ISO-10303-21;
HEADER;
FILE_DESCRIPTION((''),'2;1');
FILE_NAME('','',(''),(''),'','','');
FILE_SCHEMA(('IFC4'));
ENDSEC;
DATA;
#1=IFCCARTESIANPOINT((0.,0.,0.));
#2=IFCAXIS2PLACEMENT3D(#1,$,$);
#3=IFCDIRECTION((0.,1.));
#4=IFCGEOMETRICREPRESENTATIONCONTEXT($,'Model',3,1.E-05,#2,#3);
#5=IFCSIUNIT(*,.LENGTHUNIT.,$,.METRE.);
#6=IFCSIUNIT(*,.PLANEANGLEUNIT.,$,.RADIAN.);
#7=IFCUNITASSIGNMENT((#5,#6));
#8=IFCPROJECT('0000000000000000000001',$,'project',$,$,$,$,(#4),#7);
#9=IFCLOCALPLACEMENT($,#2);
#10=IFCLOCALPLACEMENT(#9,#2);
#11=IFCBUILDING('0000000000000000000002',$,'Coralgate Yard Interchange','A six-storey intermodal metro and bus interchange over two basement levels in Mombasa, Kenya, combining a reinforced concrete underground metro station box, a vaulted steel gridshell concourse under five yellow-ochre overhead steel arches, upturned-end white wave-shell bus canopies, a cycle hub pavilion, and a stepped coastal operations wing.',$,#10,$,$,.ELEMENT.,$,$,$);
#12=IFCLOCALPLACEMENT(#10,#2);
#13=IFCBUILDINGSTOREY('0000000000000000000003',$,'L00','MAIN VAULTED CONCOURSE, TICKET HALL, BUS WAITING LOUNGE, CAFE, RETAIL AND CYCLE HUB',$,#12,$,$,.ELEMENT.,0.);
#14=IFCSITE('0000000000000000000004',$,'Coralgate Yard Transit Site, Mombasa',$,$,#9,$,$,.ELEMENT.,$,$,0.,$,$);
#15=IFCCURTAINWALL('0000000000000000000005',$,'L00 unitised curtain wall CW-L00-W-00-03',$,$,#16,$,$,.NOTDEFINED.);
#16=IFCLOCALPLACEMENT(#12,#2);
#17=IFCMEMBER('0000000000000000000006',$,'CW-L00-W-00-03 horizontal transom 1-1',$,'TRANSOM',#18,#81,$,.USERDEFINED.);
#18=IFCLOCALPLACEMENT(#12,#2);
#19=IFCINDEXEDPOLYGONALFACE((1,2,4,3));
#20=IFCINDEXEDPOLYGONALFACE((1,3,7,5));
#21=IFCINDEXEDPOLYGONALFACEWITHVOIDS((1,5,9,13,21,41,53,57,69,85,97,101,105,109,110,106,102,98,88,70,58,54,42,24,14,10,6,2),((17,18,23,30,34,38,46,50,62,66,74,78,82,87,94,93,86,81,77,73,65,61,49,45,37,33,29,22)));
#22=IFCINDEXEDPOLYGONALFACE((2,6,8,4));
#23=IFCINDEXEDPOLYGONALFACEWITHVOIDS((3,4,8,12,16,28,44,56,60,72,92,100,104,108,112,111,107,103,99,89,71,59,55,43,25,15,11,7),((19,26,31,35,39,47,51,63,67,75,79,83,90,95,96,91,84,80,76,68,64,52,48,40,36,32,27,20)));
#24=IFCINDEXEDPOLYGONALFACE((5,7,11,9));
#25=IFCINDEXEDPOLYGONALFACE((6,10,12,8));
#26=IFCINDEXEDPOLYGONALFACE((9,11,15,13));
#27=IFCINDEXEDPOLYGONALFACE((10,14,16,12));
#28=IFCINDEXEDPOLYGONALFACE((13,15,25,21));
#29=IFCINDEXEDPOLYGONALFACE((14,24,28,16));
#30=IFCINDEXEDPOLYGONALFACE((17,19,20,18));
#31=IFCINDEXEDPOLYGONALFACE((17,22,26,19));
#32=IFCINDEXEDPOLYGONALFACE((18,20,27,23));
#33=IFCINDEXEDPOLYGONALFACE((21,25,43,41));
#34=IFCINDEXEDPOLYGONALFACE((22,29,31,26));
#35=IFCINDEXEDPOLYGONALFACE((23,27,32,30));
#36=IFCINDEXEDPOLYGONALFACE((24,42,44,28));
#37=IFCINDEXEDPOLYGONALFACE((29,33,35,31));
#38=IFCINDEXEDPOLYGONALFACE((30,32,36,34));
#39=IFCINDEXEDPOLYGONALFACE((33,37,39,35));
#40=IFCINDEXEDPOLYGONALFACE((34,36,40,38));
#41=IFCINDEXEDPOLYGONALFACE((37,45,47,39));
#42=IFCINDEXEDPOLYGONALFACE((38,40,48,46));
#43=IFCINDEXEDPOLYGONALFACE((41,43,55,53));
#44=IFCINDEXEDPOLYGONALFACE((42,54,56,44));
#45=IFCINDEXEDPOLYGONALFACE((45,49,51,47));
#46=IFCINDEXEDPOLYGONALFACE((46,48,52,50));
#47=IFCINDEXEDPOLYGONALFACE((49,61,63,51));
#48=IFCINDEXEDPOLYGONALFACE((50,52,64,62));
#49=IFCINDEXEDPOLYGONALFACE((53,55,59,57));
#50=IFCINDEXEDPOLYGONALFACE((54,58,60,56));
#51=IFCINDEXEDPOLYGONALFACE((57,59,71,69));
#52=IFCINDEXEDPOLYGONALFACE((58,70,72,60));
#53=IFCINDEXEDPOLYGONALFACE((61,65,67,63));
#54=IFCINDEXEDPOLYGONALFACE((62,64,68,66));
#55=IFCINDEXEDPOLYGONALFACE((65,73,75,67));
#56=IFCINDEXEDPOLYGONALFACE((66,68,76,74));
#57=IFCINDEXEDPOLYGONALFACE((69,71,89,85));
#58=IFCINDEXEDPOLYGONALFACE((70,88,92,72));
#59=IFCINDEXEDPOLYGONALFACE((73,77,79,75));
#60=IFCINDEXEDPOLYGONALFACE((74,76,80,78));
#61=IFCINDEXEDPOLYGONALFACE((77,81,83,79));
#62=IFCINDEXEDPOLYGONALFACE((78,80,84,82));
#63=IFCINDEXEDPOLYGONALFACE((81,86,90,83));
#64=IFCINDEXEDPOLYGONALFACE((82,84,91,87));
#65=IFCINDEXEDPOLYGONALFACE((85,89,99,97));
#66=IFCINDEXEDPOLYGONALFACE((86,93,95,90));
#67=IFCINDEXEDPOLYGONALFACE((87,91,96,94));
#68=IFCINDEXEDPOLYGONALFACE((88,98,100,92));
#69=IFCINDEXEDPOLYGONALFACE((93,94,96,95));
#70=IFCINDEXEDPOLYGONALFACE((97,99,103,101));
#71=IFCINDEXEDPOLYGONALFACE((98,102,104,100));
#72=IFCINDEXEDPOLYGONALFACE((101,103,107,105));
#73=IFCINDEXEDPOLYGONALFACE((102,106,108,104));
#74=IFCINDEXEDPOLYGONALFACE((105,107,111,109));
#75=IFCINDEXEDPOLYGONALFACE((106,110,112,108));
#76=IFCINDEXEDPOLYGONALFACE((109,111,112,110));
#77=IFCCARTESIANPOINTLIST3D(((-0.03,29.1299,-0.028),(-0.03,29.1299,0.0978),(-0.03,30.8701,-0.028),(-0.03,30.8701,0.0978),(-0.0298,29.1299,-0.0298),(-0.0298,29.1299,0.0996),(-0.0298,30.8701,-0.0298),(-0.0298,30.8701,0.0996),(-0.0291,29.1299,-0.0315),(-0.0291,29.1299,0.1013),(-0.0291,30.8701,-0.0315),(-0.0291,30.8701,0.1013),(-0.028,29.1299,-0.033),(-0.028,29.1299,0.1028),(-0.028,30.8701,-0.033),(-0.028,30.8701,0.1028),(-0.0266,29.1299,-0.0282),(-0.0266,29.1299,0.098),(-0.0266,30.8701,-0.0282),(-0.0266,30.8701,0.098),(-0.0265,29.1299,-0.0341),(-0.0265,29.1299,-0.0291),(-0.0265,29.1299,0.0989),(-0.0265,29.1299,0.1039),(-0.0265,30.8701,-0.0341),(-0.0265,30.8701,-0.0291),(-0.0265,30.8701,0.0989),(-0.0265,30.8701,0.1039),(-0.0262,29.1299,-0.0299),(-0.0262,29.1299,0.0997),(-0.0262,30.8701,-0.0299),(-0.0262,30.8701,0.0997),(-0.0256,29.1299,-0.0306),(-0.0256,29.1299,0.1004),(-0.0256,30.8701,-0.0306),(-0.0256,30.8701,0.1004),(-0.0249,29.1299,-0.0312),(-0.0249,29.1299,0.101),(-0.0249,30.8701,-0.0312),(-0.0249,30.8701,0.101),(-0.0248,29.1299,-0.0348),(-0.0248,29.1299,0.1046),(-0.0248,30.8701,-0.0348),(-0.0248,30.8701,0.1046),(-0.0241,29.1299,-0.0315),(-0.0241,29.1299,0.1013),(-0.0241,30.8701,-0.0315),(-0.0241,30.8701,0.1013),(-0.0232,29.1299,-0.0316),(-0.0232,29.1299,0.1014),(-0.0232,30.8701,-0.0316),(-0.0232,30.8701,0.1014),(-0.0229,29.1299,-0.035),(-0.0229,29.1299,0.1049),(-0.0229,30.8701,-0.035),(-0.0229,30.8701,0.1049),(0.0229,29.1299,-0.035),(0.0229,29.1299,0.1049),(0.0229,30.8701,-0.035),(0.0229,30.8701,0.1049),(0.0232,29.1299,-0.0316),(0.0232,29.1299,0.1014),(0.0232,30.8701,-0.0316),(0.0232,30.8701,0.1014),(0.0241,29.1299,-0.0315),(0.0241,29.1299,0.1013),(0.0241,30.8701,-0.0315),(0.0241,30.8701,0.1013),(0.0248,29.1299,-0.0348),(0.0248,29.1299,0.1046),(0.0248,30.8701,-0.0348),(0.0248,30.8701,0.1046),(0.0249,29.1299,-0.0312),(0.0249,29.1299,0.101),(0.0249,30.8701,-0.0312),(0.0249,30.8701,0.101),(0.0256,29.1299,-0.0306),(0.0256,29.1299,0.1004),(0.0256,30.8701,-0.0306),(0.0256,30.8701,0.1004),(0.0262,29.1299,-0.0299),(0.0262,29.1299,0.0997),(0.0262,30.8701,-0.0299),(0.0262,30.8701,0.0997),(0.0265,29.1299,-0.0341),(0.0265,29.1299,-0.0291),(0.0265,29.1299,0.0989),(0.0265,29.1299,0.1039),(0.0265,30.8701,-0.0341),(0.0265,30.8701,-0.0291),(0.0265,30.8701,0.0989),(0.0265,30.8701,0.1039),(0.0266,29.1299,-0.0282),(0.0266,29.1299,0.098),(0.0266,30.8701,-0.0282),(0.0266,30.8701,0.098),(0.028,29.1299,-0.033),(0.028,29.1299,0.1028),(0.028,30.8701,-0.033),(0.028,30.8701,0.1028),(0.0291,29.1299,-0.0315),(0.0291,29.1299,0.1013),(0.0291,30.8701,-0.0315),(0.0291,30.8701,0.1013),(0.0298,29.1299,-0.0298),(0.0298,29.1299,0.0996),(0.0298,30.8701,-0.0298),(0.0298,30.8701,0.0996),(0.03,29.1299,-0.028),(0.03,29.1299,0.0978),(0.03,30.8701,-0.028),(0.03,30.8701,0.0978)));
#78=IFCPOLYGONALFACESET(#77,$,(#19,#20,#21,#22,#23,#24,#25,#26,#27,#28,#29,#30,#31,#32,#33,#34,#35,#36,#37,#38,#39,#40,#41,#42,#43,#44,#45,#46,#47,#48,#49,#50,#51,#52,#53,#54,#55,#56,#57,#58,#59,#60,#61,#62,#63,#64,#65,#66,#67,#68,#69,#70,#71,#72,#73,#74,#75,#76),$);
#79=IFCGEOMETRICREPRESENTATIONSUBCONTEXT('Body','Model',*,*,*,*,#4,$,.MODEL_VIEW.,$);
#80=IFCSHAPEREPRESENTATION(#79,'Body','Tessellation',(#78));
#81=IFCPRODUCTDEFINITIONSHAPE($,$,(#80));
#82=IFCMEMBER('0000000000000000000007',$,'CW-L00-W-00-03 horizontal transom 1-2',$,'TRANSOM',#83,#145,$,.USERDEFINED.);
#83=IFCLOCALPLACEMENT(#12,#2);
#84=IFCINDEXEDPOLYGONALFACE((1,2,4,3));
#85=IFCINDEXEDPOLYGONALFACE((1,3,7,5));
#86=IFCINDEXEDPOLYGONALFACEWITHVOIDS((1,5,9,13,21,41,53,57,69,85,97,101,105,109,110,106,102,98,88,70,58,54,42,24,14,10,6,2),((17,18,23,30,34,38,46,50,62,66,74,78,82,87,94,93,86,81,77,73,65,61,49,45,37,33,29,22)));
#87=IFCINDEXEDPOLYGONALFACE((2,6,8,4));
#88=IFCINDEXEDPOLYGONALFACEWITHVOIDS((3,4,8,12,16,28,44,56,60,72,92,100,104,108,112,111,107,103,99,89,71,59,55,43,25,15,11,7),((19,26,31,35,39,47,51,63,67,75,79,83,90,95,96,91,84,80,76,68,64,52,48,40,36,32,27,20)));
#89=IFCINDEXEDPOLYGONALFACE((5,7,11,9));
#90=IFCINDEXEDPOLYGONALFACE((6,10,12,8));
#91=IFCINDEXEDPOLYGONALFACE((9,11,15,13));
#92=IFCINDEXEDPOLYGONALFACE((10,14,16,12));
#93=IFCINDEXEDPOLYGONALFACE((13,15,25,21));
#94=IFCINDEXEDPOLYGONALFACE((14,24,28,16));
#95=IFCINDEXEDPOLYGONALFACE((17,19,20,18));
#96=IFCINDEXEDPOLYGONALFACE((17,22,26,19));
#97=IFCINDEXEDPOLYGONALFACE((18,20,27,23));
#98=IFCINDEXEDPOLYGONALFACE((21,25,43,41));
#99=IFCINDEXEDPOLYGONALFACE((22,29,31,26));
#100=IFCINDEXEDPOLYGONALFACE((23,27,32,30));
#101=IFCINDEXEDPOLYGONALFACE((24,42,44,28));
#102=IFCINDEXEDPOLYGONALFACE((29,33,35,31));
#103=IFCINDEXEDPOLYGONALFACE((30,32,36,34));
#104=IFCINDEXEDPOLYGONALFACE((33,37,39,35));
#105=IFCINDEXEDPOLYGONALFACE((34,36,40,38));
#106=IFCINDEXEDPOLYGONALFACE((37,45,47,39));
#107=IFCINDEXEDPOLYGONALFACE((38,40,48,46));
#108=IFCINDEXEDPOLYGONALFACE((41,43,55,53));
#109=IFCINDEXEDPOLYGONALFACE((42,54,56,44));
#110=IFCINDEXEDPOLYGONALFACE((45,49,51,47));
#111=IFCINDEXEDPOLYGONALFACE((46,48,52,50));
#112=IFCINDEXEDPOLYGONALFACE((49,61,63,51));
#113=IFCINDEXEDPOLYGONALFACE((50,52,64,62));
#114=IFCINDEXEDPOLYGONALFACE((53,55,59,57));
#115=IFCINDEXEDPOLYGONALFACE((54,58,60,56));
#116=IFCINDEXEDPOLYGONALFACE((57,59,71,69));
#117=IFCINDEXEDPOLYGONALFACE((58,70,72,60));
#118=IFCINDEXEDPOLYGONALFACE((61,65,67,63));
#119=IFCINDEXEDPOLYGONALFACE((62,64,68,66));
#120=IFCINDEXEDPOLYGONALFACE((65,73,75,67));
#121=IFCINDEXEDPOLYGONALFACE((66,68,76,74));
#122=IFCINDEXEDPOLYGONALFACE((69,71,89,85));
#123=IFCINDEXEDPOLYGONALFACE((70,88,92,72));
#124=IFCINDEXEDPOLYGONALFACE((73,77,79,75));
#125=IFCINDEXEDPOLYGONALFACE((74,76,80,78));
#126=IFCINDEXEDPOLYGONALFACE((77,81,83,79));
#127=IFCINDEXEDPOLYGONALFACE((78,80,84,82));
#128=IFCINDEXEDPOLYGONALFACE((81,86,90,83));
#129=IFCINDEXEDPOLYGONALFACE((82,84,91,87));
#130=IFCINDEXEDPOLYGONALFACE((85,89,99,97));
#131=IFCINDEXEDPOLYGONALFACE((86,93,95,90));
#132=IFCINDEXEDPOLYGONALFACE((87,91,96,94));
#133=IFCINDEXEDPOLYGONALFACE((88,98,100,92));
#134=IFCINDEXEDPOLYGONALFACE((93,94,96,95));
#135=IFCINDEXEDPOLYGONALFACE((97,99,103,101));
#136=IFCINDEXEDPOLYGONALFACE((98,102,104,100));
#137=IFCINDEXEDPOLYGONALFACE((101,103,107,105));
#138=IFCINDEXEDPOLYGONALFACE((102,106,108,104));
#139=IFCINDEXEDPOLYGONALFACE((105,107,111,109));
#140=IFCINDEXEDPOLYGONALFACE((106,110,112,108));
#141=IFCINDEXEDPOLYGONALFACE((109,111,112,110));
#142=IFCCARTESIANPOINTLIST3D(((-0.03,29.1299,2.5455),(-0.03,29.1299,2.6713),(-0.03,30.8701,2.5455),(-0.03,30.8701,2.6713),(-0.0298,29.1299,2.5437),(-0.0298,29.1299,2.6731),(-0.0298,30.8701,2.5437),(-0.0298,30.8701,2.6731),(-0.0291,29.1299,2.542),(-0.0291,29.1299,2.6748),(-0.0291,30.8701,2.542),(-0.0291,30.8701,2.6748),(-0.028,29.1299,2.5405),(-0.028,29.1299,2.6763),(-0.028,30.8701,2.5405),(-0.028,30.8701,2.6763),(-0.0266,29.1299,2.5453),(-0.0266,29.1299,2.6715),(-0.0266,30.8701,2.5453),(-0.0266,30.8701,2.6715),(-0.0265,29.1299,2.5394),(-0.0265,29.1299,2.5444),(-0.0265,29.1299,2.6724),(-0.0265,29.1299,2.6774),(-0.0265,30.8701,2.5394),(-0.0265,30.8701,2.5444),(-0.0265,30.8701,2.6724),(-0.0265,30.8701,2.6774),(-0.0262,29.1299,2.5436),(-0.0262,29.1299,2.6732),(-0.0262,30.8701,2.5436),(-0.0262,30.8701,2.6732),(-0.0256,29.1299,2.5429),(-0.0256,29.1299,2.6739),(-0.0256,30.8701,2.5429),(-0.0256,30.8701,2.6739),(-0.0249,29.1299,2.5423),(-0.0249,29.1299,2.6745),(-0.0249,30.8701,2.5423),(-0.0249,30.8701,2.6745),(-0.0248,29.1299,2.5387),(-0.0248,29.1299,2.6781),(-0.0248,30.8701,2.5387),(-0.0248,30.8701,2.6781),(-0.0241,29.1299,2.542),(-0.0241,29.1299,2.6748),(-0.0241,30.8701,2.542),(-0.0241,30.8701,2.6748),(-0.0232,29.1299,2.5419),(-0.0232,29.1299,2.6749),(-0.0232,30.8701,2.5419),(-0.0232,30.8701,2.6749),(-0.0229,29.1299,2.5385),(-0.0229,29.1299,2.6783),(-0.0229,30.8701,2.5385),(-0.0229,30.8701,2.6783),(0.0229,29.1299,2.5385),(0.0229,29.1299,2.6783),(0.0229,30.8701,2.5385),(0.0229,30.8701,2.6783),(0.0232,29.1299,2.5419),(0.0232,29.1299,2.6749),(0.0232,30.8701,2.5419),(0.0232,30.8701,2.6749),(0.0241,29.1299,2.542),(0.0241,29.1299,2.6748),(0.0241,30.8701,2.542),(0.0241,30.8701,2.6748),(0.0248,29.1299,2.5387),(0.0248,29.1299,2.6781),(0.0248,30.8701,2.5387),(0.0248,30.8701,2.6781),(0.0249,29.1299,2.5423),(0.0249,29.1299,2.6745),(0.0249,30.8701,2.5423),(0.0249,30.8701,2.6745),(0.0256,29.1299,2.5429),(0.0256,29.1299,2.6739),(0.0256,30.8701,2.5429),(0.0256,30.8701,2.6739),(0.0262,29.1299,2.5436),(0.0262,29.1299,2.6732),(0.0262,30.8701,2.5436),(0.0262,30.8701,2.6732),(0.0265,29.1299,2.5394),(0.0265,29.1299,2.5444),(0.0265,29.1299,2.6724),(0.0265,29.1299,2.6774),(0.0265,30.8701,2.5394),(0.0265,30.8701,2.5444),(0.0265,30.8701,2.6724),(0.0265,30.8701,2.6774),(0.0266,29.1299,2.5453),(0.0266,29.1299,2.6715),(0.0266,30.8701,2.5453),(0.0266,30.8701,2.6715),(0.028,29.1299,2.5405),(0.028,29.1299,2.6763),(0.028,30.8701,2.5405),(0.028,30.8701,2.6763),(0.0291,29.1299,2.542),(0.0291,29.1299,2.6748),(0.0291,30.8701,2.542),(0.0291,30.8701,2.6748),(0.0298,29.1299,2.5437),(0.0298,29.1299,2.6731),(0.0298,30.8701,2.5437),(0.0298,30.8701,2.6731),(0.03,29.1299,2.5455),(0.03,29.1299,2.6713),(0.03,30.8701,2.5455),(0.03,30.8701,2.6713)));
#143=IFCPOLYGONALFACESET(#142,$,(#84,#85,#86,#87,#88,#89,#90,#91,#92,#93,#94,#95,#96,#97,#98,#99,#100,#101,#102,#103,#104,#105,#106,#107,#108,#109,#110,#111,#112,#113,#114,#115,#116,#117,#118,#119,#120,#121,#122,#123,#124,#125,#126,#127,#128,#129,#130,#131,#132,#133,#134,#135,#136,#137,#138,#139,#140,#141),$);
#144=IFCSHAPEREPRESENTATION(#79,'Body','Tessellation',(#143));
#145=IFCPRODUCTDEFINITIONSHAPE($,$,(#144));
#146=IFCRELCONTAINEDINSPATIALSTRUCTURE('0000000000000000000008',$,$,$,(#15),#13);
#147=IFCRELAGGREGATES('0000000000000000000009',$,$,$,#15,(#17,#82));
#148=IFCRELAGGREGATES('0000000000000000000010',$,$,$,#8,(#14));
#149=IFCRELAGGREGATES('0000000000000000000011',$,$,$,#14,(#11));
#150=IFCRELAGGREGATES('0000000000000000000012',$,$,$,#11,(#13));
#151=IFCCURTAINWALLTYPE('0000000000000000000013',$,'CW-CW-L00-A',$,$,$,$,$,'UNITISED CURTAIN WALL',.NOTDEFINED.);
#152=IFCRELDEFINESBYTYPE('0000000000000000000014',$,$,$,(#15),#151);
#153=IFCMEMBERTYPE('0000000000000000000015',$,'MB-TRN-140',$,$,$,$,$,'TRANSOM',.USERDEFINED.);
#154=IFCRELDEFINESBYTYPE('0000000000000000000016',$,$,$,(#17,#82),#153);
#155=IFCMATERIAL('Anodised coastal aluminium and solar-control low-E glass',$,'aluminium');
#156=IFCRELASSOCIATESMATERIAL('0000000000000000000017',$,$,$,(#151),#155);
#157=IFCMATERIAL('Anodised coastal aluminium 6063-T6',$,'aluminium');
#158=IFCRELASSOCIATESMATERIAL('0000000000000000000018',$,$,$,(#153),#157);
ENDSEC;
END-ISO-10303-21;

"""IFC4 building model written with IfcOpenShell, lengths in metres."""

from ifc_helpers import new_model, si_unit, direction, frame, origin, origin_2d, place, context, subcontext, project, spatial, hollow_rectangle, extrude, material, material_profile, profile_set, type_object, element, aggregate, save


model = new_model("IFC4")

# Units and contexts
model_context = context("Model", 3, precision=1e-05, world=origin(), true_north=direction((0.0, 1.0)))
body_context = subcontext(model_context, "Body", "Model", "MODEL_VIEW")
ifc_project = project(units=[si_unit("LENGTHUNIT", "METRE"), si_unit("PLANEANGLEUNIT", "RADIAN")], contexts=[model_context])

# Site, building, storey
site_placement = place(None, origin())
site = spatial("IfcSite", under=ifc_project, at=site_placement, Name="Coralgate Yard Transit Site, Mombasa", CompositionType="ELEMENT", RefElevation=0.0)
building_placement = place(site_placement, origin())
building = spatial("IfcBuilding", under=site, at=building_placement, Name="Coralgate Yard Interchange", Description="A six-storey intermodal metro and bus interchange over two basement levels in Mombasa, Kenya, combining a reinforced concrete underground metro station box, a vaulted steel gridshell concourse under five yellow-ochre overhead steel arches, upturned-end white wave-shell bus canopies, a cycle hub pavilion, and a stepped coastal operations wing.", CompositionType="ELEMENT")
storey_placement = place(building_placement, origin())
storey = spatial("IfcBuildingStorey", under=building, at=storey_placement, Name="L00", Description="MAIN VAULTED CONCOURSE, TICKET HALL, BUS WAITING LOUNGE, CAFE, RETAIL AND CYCLE HUB", CompositionType="ELEMENT", Elevation=0.0)

# Curtain wall, members
ifc_material_1 = material(Name="Anodised coastal aluminium and solar-control low-E glass", Category="aluminium")
curtain_wall_type = type_object("IfcCurtainWallType", Name="CW-CW-L00-A", ElementType="UNITISED CURTAIN WALL", PredefinedType="NOTDEFINED", material=ifc_material_1)
curtain_wall_placement = place(storey_placement, origin())
curtain_wall = element("IfcCurtainWall", 1, at=curtain_wall_placement, inside=storey, type_object=curtain_wall_type, Name="L00 unitised curtain wall CW-L00-W-00-03", PredefinedType="NOTDEFINED")
ifc_material_2 = material(Name="Anodised coastal aluminium 6063-T6", Category="aluminium")
ifc_material_profile_1 = material_profile(ifc_material_2, hollow_rectangle(XDim=0.0601, YDim=0.1399, WallThickness=0.0034, InnerFilletRadius=0.0034, OuterFilletRadius=0.0071, at=origin_2d()), Name="ALU 60x140x3.5")
ifc_profile_set_1 = profile_set([ifc_material_profile_1], Name="Anodised coastal aluminium 6063-T6")
member_type_1 = type_object("IfcMemberType", Name="MB-TRN-140", ElementType="TRANSOM", PredefinedType="USERDEFINED", material=ifc_profile_set_1)
member_1_placement = place(storey_placement, frame((0.0, 29.1299, 0.0349), z_axis=(0.0, 1.0, 0.0), x_axis=(-1.0, 0.0, 0.0)))
member_1 = element("IfcMember", 2, at=member_1_placement, type_object=member_type_1, Name="CW-L00-W-00-03 horizontal transom 1-1", ObjectType="TRANSOM", PredefinedType="USERDEFINED", context=body_context, shape_type="SweptSolid", body=[
    extrude(hollow_rectangle(XDim=0.0601, YDim=0.1399, WallThickness=0.0034, InnerFilletRadius=0.0034, OuterFilletRadius=0.0071, at=origin_2d()), origin(), (0.0, 0.0, 1.0), 1.7402),
])
member_2_placement = place(storey_placement, frame((0.0, 29.1299, 2.6084), z_axis=(0.0, 1.0, 0.0), x_axis=(-1.0, 0.0, 0.0)))
member_2 = element("IfcMember", 3, at=member_2_placement, type_object=member_type_1, Name="CW-L00-W-00-03 horizontal transom 1-2", ObjectType="TRANSOM", PredefinedType="USERDEFINED", context=body_context, shape_type="SweptSolid", body=[
    extrude(hollow_rectangle(XDim=0.0601, YDim=0.1399, WallThickness=0.0034, InnerFilletRadius=0.0034, OuterFilletRadius=0.0071, at=origin_2d()), origin(), (0.0, 0.0, 1.0), 1.7402),
])
aggregate(curtain_wall, [member_1, member_2])

save(model, "model.ifc")
